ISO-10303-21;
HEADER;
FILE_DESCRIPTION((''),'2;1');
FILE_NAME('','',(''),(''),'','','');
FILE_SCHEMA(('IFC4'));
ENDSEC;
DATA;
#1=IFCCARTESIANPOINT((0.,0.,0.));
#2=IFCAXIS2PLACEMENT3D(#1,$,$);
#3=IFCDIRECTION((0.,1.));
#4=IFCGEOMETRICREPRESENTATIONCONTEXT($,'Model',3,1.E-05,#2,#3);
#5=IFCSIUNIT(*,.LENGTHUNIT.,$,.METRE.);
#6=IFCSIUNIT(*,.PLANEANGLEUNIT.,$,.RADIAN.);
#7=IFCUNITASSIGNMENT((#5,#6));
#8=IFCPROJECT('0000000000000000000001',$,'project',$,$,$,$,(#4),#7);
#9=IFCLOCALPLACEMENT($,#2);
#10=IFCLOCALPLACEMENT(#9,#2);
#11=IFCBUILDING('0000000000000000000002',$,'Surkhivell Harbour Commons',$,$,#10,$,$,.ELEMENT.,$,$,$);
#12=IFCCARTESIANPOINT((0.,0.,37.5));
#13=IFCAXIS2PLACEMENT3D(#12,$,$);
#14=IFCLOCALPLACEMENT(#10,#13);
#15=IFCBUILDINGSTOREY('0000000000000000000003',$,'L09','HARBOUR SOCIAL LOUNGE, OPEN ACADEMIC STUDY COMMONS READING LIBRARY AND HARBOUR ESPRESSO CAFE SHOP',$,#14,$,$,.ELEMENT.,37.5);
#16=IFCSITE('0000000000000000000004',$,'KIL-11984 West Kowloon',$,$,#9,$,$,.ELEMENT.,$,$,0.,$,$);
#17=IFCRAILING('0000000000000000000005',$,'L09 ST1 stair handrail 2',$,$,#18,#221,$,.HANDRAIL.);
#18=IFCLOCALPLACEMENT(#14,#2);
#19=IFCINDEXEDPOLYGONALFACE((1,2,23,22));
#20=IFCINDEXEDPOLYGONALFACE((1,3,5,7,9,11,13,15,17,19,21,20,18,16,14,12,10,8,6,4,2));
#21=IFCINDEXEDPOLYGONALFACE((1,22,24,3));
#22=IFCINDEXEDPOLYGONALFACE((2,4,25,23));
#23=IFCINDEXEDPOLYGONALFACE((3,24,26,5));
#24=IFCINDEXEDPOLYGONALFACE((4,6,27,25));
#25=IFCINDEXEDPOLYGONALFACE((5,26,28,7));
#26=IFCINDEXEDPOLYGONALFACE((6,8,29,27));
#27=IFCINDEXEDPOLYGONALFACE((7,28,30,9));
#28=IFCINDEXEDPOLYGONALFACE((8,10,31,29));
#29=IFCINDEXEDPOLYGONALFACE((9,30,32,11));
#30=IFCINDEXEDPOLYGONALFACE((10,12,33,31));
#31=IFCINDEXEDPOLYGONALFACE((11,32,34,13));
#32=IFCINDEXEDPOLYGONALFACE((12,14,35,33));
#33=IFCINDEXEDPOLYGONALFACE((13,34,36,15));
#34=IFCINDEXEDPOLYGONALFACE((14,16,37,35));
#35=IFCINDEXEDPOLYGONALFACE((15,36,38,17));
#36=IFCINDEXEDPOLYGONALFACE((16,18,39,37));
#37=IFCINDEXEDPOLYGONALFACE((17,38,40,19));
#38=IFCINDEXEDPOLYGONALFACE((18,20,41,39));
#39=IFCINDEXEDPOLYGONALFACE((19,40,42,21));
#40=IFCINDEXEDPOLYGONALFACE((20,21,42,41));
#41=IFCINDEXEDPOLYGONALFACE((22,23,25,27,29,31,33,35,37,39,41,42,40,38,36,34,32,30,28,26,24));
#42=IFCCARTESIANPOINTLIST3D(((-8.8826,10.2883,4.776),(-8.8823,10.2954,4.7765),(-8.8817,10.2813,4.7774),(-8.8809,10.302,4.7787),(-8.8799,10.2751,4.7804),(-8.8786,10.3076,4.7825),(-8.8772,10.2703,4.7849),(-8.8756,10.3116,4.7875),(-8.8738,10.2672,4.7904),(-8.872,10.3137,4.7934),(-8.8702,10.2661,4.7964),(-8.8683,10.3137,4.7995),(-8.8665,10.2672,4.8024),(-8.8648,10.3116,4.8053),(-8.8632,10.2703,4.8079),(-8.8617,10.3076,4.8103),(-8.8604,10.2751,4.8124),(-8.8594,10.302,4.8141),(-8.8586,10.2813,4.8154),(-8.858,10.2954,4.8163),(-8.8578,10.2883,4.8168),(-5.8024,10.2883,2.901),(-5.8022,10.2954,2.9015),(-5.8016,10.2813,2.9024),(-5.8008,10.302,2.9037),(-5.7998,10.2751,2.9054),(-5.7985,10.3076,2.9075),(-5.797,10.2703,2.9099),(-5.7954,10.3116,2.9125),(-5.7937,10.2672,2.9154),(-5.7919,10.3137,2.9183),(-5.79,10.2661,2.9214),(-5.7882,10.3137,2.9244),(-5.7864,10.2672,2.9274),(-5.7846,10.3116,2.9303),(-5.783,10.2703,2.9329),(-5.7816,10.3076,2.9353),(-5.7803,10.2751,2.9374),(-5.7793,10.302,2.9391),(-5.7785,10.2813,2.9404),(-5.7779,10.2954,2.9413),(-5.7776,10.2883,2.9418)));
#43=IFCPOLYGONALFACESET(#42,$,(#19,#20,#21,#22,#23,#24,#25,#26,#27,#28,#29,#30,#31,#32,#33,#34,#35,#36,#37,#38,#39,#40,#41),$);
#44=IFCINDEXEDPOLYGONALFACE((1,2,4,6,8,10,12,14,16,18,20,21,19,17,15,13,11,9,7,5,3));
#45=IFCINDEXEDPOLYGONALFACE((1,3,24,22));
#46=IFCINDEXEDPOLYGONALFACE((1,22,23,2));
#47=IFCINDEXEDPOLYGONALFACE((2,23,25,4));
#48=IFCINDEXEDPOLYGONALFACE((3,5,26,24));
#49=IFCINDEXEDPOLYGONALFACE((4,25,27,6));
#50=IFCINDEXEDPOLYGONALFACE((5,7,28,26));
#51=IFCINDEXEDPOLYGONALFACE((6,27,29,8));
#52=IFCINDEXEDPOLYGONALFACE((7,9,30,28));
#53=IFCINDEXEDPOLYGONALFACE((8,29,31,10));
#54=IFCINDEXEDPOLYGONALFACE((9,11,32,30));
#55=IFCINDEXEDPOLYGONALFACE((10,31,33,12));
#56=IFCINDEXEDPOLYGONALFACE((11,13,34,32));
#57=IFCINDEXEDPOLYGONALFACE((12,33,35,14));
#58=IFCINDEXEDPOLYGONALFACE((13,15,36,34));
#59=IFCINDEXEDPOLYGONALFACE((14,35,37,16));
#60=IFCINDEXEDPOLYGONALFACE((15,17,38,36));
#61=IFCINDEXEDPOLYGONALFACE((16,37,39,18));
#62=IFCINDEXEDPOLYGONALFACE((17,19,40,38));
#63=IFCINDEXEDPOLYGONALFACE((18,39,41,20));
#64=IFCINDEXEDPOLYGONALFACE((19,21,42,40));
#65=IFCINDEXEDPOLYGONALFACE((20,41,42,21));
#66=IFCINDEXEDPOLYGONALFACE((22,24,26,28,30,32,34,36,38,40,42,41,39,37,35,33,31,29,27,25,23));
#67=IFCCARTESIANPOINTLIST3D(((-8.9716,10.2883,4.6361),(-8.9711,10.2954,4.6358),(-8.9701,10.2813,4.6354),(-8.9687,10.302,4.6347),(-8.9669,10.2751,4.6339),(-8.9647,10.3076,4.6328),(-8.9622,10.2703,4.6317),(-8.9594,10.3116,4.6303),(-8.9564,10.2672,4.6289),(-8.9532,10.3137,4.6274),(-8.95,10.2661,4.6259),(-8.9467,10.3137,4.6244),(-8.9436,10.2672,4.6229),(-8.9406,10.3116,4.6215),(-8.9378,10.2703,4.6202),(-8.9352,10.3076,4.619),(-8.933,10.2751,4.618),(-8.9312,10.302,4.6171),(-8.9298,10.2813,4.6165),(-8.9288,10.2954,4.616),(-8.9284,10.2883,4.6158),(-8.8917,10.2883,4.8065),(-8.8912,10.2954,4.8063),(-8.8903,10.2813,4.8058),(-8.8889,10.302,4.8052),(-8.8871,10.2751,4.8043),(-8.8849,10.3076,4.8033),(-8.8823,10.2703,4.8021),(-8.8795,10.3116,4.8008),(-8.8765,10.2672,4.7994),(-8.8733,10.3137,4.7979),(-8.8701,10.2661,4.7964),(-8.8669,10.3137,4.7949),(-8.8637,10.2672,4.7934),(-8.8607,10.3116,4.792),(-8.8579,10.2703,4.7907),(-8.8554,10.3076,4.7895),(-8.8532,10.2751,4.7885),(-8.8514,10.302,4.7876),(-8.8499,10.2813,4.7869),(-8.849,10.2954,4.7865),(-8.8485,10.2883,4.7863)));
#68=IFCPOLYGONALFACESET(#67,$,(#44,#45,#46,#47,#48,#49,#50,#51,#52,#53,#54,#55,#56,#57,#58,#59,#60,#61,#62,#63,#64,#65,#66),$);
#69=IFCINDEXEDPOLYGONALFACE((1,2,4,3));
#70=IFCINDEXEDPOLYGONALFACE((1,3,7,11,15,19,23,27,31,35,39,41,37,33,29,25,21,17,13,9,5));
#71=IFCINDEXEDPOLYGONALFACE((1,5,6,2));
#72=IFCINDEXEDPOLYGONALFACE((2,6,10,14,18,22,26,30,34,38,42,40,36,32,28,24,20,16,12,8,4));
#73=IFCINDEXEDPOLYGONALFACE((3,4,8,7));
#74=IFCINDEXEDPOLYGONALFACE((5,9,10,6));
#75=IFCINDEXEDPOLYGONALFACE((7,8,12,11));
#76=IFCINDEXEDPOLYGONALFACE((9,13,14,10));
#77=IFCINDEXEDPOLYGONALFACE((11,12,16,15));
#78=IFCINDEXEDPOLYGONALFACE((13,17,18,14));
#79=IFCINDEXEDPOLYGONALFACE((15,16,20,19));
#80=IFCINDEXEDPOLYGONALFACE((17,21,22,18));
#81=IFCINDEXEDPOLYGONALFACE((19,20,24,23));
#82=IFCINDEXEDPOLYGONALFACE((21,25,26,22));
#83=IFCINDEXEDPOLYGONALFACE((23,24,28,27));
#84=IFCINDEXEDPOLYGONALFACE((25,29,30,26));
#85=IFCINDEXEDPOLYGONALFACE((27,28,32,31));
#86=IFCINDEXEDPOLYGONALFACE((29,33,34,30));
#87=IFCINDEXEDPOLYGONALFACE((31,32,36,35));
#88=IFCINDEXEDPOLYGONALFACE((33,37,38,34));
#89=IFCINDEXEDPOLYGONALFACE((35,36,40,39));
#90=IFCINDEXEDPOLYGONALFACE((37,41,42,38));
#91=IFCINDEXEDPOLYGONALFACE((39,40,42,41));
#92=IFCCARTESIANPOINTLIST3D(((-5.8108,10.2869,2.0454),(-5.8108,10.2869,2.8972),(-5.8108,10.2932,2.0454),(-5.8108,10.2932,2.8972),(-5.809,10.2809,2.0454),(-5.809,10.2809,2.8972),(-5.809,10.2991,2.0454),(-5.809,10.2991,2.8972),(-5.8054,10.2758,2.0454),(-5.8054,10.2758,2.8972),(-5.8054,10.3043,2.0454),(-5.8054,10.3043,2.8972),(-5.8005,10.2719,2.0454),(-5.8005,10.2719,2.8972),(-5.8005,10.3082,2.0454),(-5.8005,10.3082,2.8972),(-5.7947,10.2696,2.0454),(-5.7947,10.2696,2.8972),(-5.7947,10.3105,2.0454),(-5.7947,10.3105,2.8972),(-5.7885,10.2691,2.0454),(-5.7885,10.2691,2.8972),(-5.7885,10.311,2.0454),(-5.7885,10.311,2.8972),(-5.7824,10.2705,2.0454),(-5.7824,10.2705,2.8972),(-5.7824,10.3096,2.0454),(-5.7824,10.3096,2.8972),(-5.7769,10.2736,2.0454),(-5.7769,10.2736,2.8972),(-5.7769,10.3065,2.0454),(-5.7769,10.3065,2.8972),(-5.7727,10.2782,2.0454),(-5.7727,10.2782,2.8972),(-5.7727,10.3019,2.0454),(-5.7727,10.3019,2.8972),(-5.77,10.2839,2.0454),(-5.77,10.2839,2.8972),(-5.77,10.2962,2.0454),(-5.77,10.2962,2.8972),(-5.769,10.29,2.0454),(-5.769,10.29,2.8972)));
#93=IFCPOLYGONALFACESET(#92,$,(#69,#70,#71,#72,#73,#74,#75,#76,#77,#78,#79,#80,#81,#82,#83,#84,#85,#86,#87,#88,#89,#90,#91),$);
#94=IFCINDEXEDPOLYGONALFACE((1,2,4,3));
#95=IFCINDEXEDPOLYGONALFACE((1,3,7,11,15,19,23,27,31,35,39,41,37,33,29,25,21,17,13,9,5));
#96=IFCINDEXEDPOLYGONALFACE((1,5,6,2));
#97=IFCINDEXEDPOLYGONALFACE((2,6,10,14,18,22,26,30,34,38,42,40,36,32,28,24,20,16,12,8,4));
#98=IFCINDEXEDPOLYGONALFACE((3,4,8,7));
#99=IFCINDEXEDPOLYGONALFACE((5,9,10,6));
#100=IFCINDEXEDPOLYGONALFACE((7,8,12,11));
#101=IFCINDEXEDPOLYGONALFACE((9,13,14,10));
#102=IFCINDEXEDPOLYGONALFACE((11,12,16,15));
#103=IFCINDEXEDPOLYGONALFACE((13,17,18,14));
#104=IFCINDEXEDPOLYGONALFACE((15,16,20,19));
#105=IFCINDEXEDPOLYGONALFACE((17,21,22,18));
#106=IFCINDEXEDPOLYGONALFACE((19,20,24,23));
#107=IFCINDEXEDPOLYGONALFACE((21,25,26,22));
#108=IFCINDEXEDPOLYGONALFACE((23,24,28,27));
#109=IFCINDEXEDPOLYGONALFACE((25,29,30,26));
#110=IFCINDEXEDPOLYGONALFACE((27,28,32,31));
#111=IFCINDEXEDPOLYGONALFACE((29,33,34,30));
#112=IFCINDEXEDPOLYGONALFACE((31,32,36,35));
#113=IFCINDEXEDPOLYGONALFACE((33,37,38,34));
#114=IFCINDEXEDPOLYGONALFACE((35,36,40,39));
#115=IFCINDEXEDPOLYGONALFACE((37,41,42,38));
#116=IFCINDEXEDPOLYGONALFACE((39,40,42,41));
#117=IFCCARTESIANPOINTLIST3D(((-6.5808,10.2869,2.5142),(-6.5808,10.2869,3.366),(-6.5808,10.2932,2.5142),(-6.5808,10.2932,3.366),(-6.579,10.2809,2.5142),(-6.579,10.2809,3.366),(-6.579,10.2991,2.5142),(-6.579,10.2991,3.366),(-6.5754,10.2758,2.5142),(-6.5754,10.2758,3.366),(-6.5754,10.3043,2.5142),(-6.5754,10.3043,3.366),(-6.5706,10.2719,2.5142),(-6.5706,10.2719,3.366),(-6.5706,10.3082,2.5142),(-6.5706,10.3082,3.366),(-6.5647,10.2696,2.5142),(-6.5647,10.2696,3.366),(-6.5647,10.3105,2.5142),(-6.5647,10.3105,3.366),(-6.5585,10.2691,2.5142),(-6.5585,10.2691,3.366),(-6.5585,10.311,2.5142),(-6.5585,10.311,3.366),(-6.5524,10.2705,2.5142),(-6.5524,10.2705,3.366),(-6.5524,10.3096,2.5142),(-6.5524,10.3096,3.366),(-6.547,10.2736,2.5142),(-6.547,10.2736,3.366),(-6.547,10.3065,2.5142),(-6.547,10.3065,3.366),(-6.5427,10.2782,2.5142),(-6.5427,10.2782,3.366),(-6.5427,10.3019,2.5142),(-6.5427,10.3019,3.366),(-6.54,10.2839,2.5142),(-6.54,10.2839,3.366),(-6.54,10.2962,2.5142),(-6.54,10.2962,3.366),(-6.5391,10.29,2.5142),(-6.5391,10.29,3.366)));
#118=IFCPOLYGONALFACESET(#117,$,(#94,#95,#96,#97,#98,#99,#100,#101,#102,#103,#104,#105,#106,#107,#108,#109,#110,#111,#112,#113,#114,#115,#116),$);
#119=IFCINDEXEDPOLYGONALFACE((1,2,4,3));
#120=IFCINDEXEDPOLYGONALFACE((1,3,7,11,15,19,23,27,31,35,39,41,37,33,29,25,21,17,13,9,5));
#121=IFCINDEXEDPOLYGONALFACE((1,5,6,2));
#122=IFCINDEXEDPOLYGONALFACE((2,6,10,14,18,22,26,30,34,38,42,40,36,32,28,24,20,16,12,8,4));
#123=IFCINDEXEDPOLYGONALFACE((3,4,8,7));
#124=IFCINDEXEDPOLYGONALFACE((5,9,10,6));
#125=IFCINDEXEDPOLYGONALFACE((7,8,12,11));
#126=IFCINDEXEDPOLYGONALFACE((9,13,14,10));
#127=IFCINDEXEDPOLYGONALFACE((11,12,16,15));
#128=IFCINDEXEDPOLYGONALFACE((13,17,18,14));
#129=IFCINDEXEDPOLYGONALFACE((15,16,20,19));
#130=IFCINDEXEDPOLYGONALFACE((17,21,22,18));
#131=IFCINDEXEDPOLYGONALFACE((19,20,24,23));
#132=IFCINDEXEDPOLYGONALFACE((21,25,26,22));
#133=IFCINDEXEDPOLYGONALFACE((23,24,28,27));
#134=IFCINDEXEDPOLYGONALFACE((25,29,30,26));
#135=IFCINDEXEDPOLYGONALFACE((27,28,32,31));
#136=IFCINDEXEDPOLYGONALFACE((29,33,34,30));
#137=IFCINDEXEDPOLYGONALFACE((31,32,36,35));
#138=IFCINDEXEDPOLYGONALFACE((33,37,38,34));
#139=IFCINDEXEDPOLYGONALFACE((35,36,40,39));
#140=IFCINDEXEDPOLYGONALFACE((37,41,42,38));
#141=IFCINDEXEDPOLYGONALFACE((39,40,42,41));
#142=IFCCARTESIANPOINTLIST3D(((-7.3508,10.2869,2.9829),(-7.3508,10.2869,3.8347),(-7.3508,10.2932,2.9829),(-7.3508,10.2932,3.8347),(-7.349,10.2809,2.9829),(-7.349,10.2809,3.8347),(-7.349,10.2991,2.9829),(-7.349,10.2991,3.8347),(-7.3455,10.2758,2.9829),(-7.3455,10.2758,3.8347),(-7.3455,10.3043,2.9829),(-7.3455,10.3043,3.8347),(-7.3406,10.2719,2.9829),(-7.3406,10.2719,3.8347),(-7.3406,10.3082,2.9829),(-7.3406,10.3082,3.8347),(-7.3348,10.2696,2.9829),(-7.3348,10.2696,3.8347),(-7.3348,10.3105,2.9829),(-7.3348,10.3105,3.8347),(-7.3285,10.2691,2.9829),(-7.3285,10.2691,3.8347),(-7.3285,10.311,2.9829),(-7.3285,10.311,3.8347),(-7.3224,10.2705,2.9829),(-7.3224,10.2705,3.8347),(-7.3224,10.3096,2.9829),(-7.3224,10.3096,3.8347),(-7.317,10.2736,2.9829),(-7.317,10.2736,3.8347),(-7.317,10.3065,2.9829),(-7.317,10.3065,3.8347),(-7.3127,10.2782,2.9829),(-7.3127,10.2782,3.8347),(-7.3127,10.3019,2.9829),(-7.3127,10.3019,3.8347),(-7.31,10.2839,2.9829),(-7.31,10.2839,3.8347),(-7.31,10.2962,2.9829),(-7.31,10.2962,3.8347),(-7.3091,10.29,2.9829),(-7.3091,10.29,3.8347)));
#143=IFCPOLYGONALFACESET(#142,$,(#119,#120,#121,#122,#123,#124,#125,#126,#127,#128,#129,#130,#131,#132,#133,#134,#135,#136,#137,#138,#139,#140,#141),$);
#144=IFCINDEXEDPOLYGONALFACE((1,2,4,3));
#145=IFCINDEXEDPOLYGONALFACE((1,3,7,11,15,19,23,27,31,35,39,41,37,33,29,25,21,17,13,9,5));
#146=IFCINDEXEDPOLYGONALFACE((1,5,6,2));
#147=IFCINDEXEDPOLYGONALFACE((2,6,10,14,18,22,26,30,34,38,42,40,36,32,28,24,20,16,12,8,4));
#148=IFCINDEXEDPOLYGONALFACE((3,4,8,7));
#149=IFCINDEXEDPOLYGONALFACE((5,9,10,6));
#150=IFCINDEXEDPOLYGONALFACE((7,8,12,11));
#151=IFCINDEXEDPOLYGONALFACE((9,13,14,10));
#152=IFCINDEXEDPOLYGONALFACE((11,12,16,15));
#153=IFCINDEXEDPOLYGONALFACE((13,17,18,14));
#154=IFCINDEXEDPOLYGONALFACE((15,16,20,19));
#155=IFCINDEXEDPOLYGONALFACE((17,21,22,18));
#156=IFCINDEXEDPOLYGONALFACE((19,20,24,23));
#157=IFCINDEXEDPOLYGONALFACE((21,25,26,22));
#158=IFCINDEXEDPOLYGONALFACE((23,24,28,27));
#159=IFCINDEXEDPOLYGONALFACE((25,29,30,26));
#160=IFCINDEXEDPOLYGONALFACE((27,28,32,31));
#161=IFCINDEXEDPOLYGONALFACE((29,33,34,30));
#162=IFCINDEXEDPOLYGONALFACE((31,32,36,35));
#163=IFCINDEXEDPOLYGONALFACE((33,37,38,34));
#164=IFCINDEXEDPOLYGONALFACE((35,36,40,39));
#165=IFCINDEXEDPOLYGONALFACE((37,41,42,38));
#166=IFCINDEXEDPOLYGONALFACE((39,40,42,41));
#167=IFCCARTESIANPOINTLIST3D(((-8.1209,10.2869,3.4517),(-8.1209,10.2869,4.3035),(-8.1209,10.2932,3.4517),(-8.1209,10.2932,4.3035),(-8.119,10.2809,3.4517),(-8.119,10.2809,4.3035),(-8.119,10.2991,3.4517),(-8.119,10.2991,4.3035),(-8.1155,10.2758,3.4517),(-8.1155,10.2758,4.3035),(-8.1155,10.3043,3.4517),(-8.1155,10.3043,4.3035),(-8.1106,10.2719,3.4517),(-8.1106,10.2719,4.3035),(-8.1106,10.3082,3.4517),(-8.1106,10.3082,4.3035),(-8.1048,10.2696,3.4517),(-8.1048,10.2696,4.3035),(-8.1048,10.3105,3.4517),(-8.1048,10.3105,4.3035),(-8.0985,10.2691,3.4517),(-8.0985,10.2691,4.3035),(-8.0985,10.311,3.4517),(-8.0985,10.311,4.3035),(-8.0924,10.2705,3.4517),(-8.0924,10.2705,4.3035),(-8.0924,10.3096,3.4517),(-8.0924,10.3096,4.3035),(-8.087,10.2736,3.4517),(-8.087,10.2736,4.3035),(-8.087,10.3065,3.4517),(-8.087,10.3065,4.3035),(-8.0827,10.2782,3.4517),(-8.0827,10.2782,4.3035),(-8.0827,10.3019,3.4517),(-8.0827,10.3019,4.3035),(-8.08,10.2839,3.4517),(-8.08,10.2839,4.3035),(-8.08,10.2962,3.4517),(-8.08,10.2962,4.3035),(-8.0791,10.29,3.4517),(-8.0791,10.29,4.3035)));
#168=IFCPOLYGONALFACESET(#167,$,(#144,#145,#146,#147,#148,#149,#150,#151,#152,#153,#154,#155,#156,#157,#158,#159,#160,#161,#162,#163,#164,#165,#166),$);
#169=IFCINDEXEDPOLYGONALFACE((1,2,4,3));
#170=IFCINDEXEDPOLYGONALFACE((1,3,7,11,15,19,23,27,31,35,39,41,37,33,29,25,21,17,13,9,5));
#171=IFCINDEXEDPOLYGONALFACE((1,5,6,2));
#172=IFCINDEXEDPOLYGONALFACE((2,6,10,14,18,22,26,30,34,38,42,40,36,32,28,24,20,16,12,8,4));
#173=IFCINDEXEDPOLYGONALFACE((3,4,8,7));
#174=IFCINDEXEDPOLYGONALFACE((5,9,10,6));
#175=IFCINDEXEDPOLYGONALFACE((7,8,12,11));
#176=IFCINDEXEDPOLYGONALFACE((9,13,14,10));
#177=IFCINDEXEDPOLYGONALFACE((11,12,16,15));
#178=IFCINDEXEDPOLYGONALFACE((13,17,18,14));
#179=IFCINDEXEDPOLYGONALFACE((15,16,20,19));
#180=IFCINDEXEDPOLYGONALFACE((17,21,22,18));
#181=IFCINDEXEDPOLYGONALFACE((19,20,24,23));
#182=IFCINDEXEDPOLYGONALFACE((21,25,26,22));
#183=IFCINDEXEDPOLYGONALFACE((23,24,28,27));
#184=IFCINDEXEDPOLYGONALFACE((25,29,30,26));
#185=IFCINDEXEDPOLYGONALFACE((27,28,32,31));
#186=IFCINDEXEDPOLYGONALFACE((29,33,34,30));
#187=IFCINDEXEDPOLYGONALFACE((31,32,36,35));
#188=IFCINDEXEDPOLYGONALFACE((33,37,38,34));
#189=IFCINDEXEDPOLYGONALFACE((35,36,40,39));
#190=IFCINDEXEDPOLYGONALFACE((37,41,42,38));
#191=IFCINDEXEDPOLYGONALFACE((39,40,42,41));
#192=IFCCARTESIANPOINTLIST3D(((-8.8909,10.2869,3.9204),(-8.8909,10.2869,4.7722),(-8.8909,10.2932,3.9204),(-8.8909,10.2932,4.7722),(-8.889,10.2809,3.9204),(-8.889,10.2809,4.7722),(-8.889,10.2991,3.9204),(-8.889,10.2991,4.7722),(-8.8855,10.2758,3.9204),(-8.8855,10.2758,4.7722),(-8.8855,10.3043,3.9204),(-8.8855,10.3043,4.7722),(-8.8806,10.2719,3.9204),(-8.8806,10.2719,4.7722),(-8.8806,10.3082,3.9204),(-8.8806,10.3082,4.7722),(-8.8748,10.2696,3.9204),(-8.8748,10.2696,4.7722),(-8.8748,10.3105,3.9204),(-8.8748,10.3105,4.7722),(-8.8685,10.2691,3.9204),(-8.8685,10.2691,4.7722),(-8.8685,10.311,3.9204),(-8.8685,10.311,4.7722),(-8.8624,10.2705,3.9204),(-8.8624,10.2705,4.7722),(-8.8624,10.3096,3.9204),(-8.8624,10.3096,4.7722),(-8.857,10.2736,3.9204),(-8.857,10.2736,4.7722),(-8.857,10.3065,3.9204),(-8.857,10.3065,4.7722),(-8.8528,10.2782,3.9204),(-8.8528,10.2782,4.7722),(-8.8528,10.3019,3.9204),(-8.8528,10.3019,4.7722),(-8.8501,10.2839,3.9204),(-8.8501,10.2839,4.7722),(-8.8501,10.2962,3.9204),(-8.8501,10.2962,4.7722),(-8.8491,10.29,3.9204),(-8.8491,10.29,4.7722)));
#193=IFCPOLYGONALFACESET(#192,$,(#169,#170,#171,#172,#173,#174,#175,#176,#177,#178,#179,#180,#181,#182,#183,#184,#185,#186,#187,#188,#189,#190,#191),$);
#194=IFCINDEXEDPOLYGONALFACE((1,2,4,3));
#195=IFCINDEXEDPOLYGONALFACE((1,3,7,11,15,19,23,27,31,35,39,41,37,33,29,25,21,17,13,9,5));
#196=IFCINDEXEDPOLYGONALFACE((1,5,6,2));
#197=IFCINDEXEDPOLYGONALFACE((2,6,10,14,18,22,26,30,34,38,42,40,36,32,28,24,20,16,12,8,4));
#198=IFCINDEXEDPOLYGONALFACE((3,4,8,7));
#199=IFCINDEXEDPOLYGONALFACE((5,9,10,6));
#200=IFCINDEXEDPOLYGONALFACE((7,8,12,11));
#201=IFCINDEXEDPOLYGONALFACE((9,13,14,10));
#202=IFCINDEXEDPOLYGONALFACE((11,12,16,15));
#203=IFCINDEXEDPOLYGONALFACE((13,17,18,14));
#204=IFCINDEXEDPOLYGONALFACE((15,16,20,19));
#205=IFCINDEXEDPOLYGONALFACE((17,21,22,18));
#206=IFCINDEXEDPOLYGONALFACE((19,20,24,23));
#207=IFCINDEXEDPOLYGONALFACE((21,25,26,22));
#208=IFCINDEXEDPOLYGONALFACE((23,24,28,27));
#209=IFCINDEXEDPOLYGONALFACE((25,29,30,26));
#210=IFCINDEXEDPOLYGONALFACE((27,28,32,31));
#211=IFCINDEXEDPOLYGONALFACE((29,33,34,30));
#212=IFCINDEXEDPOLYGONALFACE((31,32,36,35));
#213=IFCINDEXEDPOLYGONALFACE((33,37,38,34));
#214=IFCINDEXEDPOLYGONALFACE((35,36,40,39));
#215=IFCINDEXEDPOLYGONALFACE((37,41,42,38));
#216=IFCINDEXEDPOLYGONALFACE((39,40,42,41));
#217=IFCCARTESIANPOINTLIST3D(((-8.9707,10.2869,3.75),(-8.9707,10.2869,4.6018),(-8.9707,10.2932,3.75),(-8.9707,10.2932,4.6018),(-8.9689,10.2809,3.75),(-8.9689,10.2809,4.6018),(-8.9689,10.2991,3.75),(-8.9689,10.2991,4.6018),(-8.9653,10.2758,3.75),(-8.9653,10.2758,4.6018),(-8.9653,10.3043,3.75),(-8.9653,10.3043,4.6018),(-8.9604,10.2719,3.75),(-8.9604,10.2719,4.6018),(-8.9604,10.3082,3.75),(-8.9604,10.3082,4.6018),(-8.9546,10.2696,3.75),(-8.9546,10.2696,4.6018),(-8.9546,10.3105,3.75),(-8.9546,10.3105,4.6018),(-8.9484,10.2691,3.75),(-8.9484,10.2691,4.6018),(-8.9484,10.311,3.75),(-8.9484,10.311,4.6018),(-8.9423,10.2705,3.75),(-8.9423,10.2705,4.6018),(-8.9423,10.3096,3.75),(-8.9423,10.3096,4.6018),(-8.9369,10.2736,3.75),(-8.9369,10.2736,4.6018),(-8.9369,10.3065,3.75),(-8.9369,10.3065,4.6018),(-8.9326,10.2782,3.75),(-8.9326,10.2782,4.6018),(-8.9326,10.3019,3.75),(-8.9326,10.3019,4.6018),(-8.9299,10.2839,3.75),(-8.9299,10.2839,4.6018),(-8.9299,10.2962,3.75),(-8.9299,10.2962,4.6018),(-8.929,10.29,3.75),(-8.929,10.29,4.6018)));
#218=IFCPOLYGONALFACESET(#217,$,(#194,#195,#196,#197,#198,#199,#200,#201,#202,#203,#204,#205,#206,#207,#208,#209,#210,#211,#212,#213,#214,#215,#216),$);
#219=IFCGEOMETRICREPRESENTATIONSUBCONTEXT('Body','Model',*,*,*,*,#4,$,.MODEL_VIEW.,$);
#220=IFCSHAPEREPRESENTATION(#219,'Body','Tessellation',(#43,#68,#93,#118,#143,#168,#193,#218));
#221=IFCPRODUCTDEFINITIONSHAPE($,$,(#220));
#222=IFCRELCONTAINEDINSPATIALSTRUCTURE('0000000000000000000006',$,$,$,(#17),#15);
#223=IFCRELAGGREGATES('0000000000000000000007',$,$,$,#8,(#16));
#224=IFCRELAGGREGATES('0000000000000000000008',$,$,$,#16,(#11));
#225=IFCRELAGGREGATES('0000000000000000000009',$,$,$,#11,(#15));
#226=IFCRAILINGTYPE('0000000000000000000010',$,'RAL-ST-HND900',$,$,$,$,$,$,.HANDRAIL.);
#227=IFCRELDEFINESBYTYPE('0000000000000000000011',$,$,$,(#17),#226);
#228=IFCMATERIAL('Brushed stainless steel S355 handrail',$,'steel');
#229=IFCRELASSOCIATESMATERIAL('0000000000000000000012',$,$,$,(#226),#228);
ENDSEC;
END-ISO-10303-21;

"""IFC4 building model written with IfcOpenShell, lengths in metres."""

from ifc_helpers import new_model, si_unit, direction, frame, origin, origin_2d, place, context, subcontext, project, spatial, circle, extrude, material, type_object, element, save


model = new_model("IFC4")

# Units and contexts
model_context = context("Model", 3, precision=1e-05, world=origin(), true_north=direction((0.0, 1.0)))
body_context = subcontext(model_context, "Body", "Model", "MODEL_VIEW")
ifc_project = project(units=[si_unit("LENGTHUNIT", "METRE"), si_unit("PLANEANGLEUNIT", "RADIAN")], contexts=[model_context])

# Site, building, storey
site_placement = place(None, origin())
site = spatial("IfcSite", under=ifc_project, at=site_placement, Name="KIL-11984 West Kowloon", CompositionType="ELEMENT", RefElevation=0.0)
building_placement = place(site_placement, origin())
building = spatial("IfcBuilding", under=site, at=building_placement, Name="Surkhivell Harbour Commons", CompositionType="ELEMENT")
storey_placement = place(building_placement, frame((0.0, 0.0, 37.5)))
storey = spatial("IfcBuildingStorey", under=building, at=storey_placement, Name="L09", Description="HARBOUR SOCIAL LOUNGE, OPEN ACADEMIC STUDY COMMONS READING LIBRARY AND HARBOUR ESPRESSO CAFE SHOP", CompositionType="ELEMENT", Elevation=37.5)

# Railing
ifc_material_1 = material(Name="Brushed stainless steel S355 handrail", Category="steel")
railing_type_1 = type_object("IfcRailingType", Name="RAL-ST-HND900", PredefinedType="HANDRAIL", material=ifc_material_1)
railing_1_placement = place(storey_placement, frame((-5.79, 10.29, 2.0454)))
element("IfcRailing", 1, at=railing_1_placement, inside=storey, type_object=railing_type_1, Name="L09 ST1 stair handrail 2", PredefinedType="HANDRAIL", context=body_context, shape_type="SweptSolid", body=[
    extrude(circle(Radius=0.0239, at=origin_2d()), frame((0.0, 0.0, 0.876), z_axis=(-0.854178, 0.0, 0.519981), x_axis=(0.0, -1.0, 0.0)), (0.0, 0.0, 1.0), 3.606),
    extrude(circle(Radius=0.0239, at=origin_2d()), frame((-3.0801, 0.0, 2.751), z_axis=(-0.424234, 0.0, -0.905552), x_axis=(0.0, -1.0, 0.0)), (0.0, 0.0, 1.0), 0.1882),
    extrude(circle(Radius=0.021, at=origin_2d()), origin(), (0.0, 0.0, 1.0), 0.8518),
    extrude(circle(Radius=0.021, at=origin_2d()), frame((-0.77, 0.0, 0.4688)), (0.0, 0.0, 1.0), 0.8518),
    extrude(circle(Radius=0.021, at=origin_2d()), frame((-1.54, 0.0, 0.9375)), (0.0, 0.0, 1.0), 0.8518),
    extrude(circle(Radius=0.021, at=origin_2d()), frame((-2.3101, 0.0, 1.4062)), (0.0, 0.0, 1.0), 0.8518),
    extrude(circle(Radius=0.021, at=origin_2d()), frame((-3.0801, 0.0, 1.875)), (0.0, 0.0, 1.0), 0.8518),
    extrude(circle(Radius=0.021, at=origin_2d()), frame((-3.1599, 0.0, 1.7046)), (0.0, 0.0, 1.0), 0.8518),
])

save(model, "model.ifc")
